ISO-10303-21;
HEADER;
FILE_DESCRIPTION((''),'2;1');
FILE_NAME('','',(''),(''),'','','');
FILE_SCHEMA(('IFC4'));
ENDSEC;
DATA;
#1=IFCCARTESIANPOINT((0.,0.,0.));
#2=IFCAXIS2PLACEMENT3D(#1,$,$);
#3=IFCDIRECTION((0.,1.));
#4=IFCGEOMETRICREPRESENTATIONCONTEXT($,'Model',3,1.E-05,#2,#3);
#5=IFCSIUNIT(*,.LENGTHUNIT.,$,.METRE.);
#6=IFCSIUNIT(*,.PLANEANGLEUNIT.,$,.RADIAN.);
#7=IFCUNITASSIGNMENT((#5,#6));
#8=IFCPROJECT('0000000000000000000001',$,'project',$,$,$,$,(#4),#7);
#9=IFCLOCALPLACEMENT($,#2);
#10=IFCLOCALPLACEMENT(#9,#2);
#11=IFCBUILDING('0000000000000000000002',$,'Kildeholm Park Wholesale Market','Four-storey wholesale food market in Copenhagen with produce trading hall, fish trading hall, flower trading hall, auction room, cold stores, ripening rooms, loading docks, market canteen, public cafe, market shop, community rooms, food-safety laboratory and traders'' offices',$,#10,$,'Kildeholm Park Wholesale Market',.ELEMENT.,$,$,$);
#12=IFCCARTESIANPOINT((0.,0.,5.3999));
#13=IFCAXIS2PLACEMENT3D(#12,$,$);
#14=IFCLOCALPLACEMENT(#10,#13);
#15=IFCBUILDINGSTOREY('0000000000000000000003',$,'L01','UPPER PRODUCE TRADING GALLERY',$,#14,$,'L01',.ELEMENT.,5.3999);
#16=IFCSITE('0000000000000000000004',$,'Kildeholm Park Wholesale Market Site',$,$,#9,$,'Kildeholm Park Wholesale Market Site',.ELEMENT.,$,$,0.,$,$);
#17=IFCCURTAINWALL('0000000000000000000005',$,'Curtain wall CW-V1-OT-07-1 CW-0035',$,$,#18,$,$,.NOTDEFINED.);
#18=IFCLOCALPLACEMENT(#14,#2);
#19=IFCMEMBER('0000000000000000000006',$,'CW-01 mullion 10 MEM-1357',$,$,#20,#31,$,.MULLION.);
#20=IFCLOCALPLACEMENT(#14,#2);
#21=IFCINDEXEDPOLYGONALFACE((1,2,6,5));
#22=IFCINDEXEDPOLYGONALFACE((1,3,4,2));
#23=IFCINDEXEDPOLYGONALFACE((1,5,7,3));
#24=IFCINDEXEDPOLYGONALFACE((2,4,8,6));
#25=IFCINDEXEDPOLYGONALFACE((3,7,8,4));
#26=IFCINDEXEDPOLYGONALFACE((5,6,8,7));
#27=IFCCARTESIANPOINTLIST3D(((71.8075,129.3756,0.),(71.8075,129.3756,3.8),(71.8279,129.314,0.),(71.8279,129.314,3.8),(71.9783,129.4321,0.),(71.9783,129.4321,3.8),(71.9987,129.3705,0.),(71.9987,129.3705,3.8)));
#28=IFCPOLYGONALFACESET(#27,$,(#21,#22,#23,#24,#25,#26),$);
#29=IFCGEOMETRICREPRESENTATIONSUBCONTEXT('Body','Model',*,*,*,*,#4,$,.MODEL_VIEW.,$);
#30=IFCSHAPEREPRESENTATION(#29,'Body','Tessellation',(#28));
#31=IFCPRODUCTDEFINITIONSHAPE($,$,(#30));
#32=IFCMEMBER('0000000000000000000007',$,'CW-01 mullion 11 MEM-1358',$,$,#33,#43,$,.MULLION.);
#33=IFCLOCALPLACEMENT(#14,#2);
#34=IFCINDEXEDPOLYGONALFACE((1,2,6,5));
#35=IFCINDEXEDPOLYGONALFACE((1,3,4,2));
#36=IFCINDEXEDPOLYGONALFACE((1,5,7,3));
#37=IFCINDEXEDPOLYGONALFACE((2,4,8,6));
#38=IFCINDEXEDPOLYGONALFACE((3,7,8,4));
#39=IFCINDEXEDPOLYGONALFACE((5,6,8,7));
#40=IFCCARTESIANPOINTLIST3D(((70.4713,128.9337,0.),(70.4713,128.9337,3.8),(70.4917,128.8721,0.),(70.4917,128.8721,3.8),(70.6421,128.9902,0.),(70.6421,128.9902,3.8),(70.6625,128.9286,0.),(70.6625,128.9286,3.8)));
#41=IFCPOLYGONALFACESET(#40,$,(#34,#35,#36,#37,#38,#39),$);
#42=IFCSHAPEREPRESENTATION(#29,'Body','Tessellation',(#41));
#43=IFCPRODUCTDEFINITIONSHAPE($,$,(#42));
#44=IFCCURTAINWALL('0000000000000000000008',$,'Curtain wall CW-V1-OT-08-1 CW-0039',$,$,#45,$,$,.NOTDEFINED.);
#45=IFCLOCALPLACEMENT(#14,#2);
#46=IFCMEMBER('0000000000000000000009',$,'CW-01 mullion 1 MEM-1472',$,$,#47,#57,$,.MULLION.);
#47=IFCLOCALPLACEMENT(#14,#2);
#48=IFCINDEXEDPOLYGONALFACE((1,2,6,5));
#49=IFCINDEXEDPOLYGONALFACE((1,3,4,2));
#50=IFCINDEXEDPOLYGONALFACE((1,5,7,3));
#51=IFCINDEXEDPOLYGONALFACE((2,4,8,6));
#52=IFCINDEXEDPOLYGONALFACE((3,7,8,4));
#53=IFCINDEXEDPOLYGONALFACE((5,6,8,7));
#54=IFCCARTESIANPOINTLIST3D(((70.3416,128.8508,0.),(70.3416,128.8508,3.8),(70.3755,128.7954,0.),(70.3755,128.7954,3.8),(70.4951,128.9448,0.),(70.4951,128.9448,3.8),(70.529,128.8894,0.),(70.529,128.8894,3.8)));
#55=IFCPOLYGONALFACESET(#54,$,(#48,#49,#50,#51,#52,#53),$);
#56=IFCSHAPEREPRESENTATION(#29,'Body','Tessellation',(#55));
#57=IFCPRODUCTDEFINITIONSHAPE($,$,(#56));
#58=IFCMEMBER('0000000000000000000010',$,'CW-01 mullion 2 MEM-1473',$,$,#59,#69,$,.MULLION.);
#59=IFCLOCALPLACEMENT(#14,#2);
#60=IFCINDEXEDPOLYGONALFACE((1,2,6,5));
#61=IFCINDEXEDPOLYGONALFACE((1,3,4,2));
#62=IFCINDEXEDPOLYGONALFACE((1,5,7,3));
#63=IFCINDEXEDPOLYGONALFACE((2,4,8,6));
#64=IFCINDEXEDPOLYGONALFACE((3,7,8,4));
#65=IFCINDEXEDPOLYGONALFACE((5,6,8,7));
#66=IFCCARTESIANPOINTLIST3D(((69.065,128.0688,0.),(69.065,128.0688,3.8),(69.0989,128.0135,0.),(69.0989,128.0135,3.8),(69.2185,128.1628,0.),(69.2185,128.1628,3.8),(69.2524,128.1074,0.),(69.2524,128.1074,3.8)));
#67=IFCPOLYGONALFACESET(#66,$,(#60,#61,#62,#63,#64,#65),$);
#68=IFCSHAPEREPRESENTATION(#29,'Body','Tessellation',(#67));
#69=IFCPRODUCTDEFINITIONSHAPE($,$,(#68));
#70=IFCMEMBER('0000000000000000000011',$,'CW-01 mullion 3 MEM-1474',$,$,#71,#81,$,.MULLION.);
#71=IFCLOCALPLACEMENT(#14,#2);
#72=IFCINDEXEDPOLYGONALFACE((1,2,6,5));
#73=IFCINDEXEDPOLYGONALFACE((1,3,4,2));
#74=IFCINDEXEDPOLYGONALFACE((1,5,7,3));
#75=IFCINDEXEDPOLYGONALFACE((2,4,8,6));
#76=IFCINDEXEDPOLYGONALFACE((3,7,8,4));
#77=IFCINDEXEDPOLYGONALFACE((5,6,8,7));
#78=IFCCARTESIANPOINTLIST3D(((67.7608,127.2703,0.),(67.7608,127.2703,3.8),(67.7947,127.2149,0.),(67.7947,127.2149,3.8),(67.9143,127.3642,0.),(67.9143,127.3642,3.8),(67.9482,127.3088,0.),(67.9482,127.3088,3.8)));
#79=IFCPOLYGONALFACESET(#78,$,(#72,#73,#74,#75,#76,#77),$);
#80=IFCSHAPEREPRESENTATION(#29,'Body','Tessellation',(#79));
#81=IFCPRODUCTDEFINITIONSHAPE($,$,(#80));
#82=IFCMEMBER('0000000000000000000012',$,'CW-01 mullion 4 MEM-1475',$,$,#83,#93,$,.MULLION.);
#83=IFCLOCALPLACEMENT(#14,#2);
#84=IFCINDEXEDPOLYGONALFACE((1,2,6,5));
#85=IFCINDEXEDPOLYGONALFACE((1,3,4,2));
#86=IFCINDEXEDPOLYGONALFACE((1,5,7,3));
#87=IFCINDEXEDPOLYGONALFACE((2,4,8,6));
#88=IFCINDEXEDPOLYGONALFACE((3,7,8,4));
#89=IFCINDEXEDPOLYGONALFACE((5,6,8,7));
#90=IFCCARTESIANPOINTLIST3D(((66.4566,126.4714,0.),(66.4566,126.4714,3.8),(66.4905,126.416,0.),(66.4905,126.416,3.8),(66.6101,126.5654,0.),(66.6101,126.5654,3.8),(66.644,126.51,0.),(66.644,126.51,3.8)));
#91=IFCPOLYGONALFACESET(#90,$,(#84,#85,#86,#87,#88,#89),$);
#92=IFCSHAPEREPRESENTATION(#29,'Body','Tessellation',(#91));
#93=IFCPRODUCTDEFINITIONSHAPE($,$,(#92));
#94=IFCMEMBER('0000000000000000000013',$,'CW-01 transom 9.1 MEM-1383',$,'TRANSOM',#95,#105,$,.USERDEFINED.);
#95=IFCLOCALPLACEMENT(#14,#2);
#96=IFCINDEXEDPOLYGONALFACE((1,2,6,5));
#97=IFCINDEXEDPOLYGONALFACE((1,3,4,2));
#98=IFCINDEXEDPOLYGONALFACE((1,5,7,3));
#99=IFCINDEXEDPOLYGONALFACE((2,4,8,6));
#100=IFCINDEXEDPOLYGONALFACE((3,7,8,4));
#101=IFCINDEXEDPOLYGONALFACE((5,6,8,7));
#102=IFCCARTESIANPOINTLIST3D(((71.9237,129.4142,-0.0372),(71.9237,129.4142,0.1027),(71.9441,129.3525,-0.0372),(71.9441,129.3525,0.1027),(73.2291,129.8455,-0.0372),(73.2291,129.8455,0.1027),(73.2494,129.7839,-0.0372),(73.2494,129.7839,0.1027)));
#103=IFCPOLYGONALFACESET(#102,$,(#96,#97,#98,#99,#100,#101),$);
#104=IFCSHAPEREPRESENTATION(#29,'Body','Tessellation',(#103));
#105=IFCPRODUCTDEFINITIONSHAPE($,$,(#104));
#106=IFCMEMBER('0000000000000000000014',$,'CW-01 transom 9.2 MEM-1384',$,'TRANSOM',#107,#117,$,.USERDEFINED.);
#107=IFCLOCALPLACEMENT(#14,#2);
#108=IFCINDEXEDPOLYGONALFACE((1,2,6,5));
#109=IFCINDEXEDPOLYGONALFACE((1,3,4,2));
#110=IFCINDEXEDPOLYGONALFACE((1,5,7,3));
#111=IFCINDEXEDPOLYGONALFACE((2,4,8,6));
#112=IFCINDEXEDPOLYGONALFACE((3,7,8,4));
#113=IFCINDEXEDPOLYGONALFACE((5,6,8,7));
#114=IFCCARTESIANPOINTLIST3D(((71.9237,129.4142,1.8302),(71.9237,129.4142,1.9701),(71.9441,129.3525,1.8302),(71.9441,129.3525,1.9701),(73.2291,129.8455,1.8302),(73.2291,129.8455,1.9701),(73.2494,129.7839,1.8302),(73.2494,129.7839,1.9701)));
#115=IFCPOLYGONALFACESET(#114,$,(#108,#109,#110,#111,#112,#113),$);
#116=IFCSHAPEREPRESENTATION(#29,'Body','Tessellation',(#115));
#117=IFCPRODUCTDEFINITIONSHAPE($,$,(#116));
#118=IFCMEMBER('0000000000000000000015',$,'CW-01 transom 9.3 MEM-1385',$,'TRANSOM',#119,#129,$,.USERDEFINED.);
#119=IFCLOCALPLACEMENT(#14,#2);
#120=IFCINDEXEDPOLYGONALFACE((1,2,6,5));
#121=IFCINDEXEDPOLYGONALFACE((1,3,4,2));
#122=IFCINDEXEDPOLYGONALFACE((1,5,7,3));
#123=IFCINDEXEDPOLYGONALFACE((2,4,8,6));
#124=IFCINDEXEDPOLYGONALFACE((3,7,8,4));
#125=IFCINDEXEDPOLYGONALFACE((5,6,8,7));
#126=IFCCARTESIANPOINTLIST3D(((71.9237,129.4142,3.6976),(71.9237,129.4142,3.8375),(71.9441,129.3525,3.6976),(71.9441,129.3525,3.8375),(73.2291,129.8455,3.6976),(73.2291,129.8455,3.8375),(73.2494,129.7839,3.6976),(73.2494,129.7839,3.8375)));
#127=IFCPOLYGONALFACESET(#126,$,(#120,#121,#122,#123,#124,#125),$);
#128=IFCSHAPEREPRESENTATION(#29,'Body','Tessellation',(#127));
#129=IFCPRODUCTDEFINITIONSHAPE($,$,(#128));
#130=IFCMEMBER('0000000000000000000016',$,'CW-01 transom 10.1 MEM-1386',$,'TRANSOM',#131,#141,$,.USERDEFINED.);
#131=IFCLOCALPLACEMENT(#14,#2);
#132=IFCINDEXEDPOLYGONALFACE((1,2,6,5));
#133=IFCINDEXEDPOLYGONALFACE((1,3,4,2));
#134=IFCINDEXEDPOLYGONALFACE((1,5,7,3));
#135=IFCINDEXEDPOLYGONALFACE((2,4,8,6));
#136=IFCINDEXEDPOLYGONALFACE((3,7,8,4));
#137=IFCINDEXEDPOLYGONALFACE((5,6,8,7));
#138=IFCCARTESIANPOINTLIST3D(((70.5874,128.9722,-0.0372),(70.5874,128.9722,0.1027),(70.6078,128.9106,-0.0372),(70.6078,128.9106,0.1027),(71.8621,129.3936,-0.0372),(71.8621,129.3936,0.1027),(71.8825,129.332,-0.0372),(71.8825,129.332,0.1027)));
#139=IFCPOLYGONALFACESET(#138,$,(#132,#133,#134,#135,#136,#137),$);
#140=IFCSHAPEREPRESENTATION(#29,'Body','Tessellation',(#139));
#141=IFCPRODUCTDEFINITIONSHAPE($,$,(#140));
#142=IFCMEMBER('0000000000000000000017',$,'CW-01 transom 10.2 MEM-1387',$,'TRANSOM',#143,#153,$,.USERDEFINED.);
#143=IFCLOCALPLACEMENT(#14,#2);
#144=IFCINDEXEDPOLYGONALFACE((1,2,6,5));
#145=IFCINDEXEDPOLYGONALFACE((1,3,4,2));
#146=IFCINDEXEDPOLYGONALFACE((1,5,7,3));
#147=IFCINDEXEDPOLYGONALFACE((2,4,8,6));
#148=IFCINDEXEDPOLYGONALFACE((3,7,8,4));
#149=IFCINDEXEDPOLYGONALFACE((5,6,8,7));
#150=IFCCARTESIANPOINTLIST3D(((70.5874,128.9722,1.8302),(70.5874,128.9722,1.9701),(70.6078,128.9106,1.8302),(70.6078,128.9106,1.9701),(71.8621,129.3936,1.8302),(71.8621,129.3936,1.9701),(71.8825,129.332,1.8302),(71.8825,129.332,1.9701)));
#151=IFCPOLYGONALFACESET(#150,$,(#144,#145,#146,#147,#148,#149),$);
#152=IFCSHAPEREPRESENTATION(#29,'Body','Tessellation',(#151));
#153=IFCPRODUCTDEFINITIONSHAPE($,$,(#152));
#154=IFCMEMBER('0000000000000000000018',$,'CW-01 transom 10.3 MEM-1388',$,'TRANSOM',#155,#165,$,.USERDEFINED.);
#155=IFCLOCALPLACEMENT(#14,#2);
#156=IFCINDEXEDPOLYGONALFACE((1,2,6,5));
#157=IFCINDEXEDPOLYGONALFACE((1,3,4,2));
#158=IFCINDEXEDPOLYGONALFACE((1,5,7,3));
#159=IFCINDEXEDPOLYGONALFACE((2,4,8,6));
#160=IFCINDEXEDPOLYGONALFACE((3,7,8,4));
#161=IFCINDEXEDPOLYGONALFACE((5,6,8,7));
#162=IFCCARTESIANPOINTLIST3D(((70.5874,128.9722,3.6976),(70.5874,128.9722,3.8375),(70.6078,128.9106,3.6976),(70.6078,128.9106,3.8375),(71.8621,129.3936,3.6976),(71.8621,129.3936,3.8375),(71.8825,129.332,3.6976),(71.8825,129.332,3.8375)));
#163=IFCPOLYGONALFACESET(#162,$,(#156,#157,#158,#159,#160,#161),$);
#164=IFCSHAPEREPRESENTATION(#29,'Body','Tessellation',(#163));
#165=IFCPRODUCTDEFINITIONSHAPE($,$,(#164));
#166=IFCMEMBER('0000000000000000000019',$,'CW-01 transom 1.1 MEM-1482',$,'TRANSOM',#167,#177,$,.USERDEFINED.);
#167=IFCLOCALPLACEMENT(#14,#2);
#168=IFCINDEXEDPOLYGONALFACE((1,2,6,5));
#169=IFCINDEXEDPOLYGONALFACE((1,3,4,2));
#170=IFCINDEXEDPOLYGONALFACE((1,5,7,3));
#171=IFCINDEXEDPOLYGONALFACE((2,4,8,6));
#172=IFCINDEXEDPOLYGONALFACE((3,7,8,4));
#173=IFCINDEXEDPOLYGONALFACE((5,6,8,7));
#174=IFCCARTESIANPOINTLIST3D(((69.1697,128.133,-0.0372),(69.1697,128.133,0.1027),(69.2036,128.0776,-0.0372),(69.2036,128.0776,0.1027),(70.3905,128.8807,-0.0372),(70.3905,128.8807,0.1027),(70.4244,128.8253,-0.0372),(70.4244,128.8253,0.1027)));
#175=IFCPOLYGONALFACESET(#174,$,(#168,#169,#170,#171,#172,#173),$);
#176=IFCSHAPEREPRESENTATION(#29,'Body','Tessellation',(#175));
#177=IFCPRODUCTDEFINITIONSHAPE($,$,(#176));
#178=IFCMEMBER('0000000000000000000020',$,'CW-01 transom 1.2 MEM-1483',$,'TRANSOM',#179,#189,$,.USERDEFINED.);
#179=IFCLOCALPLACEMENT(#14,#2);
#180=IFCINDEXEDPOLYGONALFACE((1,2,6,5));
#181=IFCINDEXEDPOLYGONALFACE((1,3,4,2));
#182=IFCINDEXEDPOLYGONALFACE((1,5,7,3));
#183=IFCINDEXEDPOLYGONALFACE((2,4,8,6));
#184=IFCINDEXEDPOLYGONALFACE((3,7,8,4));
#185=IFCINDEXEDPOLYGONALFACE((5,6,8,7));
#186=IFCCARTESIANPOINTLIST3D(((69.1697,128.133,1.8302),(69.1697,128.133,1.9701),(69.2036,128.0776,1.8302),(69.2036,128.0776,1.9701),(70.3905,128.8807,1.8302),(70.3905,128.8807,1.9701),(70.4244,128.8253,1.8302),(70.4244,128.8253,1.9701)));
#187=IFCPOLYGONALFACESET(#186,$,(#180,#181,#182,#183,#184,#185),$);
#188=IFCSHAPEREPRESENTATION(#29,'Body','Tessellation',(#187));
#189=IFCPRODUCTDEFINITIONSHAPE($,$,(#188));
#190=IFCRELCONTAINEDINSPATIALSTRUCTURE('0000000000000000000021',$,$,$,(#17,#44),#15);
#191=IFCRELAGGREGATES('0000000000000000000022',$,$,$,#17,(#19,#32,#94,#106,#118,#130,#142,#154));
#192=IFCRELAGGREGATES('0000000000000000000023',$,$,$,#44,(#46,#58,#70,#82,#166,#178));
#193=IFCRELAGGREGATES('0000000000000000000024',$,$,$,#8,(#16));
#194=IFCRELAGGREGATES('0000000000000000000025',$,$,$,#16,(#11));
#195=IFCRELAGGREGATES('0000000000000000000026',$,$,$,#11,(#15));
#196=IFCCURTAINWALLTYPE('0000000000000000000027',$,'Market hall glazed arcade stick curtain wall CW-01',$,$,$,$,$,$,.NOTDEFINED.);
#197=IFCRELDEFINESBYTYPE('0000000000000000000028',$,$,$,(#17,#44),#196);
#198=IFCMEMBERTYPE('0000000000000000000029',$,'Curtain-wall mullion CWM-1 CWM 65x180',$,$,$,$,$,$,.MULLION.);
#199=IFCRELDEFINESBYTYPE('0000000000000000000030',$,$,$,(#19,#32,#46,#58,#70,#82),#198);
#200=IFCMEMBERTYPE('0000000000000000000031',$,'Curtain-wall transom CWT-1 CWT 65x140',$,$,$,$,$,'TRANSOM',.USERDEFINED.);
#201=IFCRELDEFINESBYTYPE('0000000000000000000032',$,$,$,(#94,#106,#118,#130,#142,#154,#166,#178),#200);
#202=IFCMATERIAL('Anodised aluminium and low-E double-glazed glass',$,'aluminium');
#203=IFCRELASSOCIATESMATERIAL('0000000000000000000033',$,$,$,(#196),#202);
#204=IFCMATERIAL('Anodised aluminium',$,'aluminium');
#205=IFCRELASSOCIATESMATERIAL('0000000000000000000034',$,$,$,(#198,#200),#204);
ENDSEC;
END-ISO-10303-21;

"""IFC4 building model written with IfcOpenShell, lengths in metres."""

from ifc_helpers import new_model, si_unit, direction, frame, origin, origin_2d, place, context, subcontext, project, spatial, rectangle, extrude, material, material_profile, profile_set, type_object, element, aggregate, save


model = new_model("IFC4")

# Units and contexts
model_context = context("Model", 3, precision=1e-05, world=origin(), true_north=direction((0.0, 1.0)))
body_context = subcontext(model_context, "Body", "Model", "MODEL_VIEW")
ifc_project = project(units=[si_unit("LENGTHUNIT", "METRE"), si_unit("PLANEANGLEUNIT", "RADIAN")], contexts=[model_context])

# Site, building, storey
site_placement = place(None, origin())
site = spatial("IfcSite", under=ifc_project, at=site_placement, Name="Kildeholm Park Wholesale Market Site", LongName="Kildeholm Park Wholesale Market Site", CompositionType="ELEMENT", RefElevation=0.0)
building_placement = place(site_placement, origin())
building = spatial("IfcBuilding", under=site, at=building_placement, Name="Kildeholm Park Wholesale Market", Description="Four-storey wholesale food market in Copenhagen with produce trading hall, fish trading hall, flower trading hall, auction room, cold stores, ripening rooms, loading docks, market canteen, public cafe, market shop, community rooms, food-safety laboratory and traders' offices", LongName="Kildeholm Park Wholesale Market", CompositionType="ELEMENT")
storey_placement = place(building_placement, frame((0.0, 0.0, 5.3999)))
storey = spatial("IfcBuildingStorey", under=building, at=storey_placement, Name="L01", Description="UPPER PRODUCE TRADING GALLERY", LongName="L01", CompositionType="ELEMENT", Elevation=5.3999)

# Curtain walls, members
ifc_material_1 = material(Name="Anodised aluminium and low-E double-glazed glass", Category="aluminium")
curtain_wall_type = type_object("IfcCurtainWallType", Name="Market hall glazed arcade stick curtain wall CW-01", PredefinedType="NOTDEFINED", material=ifc_material_1)
curtain_wall_1_placement = place(storey_placement, origin())
curtain_wall_1 = element("IfcCurtainWall", 1, at=curtain_wall_1_placement, inside=storey, type_object=curtain_wall_type, Name="Curtain wall CW-V1-OT-07-1 CW-0035", PredefinedType="NOTDEFINED")
ifc_material_2 = material(Name="Anodised aluminium", Category="aluminium")
ifc_material_profile_1 = material_profile(ifc_material_2, rectangle(XDim=0.0649, YDim=0.1799, at=origin_2d()), Name="CWM 65x180")
ifc_profile_set_1 = profile_set([ifc_material_profile_1], Name="Anodised aluminium")
member_type_1 = type_object("IfcMemberType", Name="Curtain-wall mullion CWM-1 CWM 65x180", PredefinedType="MULLION", material=ifc_profile_set_1)
member_1_placement = place(storey_placement, frame((71.9031, 129.373, 0.0), z_axis=(0.0, 0.0, 1.0), x_axis=(0.313914, -0.949451, 0.0)))
member_1 = element("IfcMember", 2, at=member_1_placement, type_object=member_type_1, Name="CW-01 mullion 10 MEM-1357", PredefinedType="MULLION", context=body_context, shape_type="SweptSolid", body=[
    extrude(rectangle(XDim=0.0649, YDim=0.1799, at=origin_2d()), origin(), (0.0, 0.0, 1.0), 3.8),
])
member_2_placement = place(storey_placement, frame((70.5669, 128.9312, 0.0), z_axis=(0.0, 0.0, 1.0), x_axis=(0.313914, -0.949451, 0.0)))
member_2 = element("IfcMember", 3, at=member_2_placement, type_object=member_type_1, Name="CW-01 mullion 11 MEM-1358", PredefinedType="MULLION", context=body_context, shape_type="SweptSolid", body=[
    extrude(rectangle(XDim=0.0649, YDim=0.1799, at=origin_2d()), origin(), (0.0, 0.0, 1.0), 3.8),
])
curtain_wall_2_placement = place(storey_placement, origin())
curtain_wall_2 = element("IfcCurtainWall", 4, at=curtain_wall_2_placement, inside=storey, type_object=curtain_wall_type, Name="Curtain wall CW-V1-OT-08-1 CW-0039", PredefinedType="NOTDEFINED")
member_3_placement = place(storey_placement, frame((70.4353, 128.8701, 0.0), z_axis=(0.0, 0.0, 1.0), x_axis=(0.522284, -0.852771, 0.0)))
member_3 = element("IfcMember", 5, at=member_3_placement, type_object=member_type_1, Name="CW-01 mullion 1 MEM-1472", PredefinedType="MULLION", context=body_context, shape_type="SweptSolid", body=[
    extrude(rectangle(XDim=0.0649, YDim=0.1799, at=origin_2d()), origin(), (0.0, 0.0, 1.0), 3.8),
])
member_4_placement = place(storey_placement, frame((69.1587, 128.0881, 0.0), z_axis=(0.0, 0.0, 1.0), x_axis=(0.522284, -0.852771, 0.0)))
member_4 = element("IfcMember", 6, at=member_4_placement, type_object=member_type_1, Name="CW-01 mullion 2 MEM-1473", PredefinedType="MULLION", context=body_context, shape_type="SweptSolid", body=[
    extrude(rectangle(XDim=0.0649, YDim=0.1799, at=origin_2d()), origin(), (0.0, 0.0, 1.0), 3.8),
])
member_5_placement = place(storey_placement, frame((67.8545, 127.2896, 0.0), z_axis=(0.0, 0.0, 1.0), x_axis=(0.522284, -0.852771, 0.0)))
member_5 = element("IfcMember", 7, at=member_5_placement, type_object=member_type_1, Name="CW-01 mullion 3 MEM-1474", PredefinedType="MULLION", context=body_context, shape_type="SweptSolid", body=[
    extrude(rectangle(XDim=0.0649, YDim=0.1799, at=origin_2d()), origin(), (0.0, 0.0, 1.0), 3.8),
])
member_6_placement = place(storey_placement, frame((66.5503, 126.4907, 0.0), z_axis=(0.0, 0.0, 1.0), x_axis=(0.522284, -0.852771, 0.0)))
member_6 = element("IfcMember", 8, at=member_6_placement, type_object=member_type_1, Name="CW-01 mullion 4 MEM-1475", PredefinedType="MULLION", context=body_context, shape_type="SweptSolid", body=[
    extrude(rectangle(XDim=0.0649, YDim=0.1799, at=origin_2d()), origin(), (0.0, 0.0, 1.0), 3.8),
])

# Members
ifc_material_profile_2 = material_profile(ifc_material_2, rectangle(XDim=0.0649, YDim=0.1399, at=origin_2d()), Name="CWT 65x140")
ifc_profile_set_2 = profile_set([ifc_material_profile_2], Name="Anodised aluminium")
member_type_2 = type_object("IfcMemberType", Name="Curtain-wall transom CWT-1 CWT 65x140", ElementType="TRANSOM", PredefinedType="USERDEFINED", material=ifc_profile_set_2)
member_7_placement = place(storey_placement, frame((73.2393, 129.8147, 0.0327), z_axis=(-0.949497, -0.313776, 0.0), x_axis=(0.313776, -0.949497, 0.0)))
member_7 = element("IfcMember", 9, at=member_7_placement, type_object=member_type_2, Name="CW-01 transom 9.1 MEM-1383", ObjectType="TRANSOM", PredefinedType="USERDEFINED", context=body_context, shape_type="SweptSolid", body=[
    extrude(rectangle(XDim=0.0649, YDim=0.1399, at=origin_2d()), origin(), (0.0, 0.0, 1.0), 1.3748),
])
member_8_placement = place(storey_placement, frame((73.2393, 129.8147, 1.9001), z_axis=(-0.949497, -0.313776, 0.0), x_axis=(0.313776, -0.949497, 0.0)))
member_8 = element("IfcMember", 10, at=member_8_placement, type_object=member_type_2, Name="CW-01 transom 9.2 MEM-1384", ObjectType="TRANSOM", PredefinedType="USERDEFINED", context=body_context, shape_type="SweptSolid", body=[
    extrude(rectangle(XDim=0.0649, YDim=0.1399, at=origin_2d()), origin(), (0.0, 0.0, 1.0), 1.3748),
])
member_9_placement = place(storey_placement, frame((73.2393, 129.8147, 3.7676), z_axis=(-0.949497, -0.313776, 0.0), x_axis=(0.313776, -0.949497, 0.0)))
member_9 = element("IfcMember", 11, at=member_9_placement, type_object=member_type_2, Name="CW-01 transom 9.3 MEM-1385", ObjectType="TRANSOM", PredefinedType="USERDEFINED", context=body_context, shape_type="SweptSolid", body=[
    extrude(rectangle(XDim=0.0649, YDim=0.1399, at=origin_2d()), origin(), (0.0, 0.0, 1.0), 1.3748),
])
member_10_placement = place(storey_placement, frame((71.8723, 129.3628, 0.0327), z_axis=(-0.949462, -0.313881, 0.0), x_axis=(0.313881, -0.949462, 0.0)))
member_10 = element("IfcMember", 12, at=member_10_placement, type_object=member_type_2, Name="CW-01 transom 10.1 MEM-1386", ObjectType="TRANSOM", PredefinedType="USERDEFINED", context=body_context, shape_type="SweptSolid", body=[
    extrude(rectangle(XDim=0.0649, YDim=0.1399, at=origin_2d()), origin(), (0.0, 0.0, 1.0), 1.3425),
])
member_11_placement = place(storey_placement, frame((71.8723, 129.3628, 1.9001), z_axis=(-0.949462, -0.313881, 0.0), x_axis=(0.313881, -0.949462, 0.0)))
member_11 = element("IfcMember", 13, at=member_11_placement, type_object=member_type_2, Name="CW-01 transom 10.2 MEM-1387", ObjectType="TRANSOM", PredefinedType="USERDEFINED", context=body_context, shape_type="SweptSolid", body=[
    extrude(rectangle(XDim=0.0649, YDim=0.1399, at=origin_2d()), origin(), (0.0, 0.0, 1.0), 1.3425),
])
member_12_placement = place(storey_placement, frame((71.8723, 129.3628, 3.7676), z_axis=(-0.949462, -0.313881, 0.0), x_axis=(0.313881, -0.949462, 0.0)))
member_12 = element("IfcMember", 14, at=member_12_placement, type_object=member_type_2, Name="CW-01 transom 10.3 MEM-1388", ObjectType="TRANSOM", PredefinedType="USERDEFINED", context=body_context, shape_type="SweptSolid", body=[
    extrude(rectangle(XDim=0.0649, YDim=0.1399, at=origin_2d()), origin(), (0.0, 0.0, 1.0), 1.3425),
])
member_13_placement = place(storey_placement, frame((70.4075, 128.853, 0.0327), z_axis=(-0.852763, -0.522298, 0.0), x_axis=(0.522298, -0.852763, 0.0)))
member_13 = element("IfcMember", 15, at=member_13_placement, type_object=member_type_2, Name="CW-01 transom 1.1 MEM-1482", ObjectType="TRANSOM", PredefinedType="USERDEFINED", context=body_context, shape_type="SweptSolid", body=[
    extrude(rectangle(XDim=0.0649, YDim=0.1399, at=origin_2d()), origin(), (0.0, 0.0, 1.0), 1.4316),
])
member_14_placement = place(storey_placement, frame((70.4075, 128.853, 1.9001), z_axis=(-0.852763, -0.522298, 0.0), x_axis=(0.522298, -0.852763, 0.0)))
member_14 = element("IfcMember", 16, at=member_14_placement, type_object=member_type_2, Name="CW-01 transom 1.2 MEM-1483", ObjectType="TRANSOM", PredefinedType="USERDEFINED", context=body_context, shape_type="SweptSolid", body=[
    extrude(rectangle(XDim=0.0649, YDim=0.1399, at=origin_2d()), origin(), (0.0, 0.0, 1.0), 1.4316),
])

aggregate(curtain_wall_1, [member_1, member_2, member_7, member_8, member_9, member_10, member_11, member_12])
aggregate(curtain_wall_2, [member_3, member_4, member_5, member_6, member_13, member_14])

save(model, "model.ifc")
